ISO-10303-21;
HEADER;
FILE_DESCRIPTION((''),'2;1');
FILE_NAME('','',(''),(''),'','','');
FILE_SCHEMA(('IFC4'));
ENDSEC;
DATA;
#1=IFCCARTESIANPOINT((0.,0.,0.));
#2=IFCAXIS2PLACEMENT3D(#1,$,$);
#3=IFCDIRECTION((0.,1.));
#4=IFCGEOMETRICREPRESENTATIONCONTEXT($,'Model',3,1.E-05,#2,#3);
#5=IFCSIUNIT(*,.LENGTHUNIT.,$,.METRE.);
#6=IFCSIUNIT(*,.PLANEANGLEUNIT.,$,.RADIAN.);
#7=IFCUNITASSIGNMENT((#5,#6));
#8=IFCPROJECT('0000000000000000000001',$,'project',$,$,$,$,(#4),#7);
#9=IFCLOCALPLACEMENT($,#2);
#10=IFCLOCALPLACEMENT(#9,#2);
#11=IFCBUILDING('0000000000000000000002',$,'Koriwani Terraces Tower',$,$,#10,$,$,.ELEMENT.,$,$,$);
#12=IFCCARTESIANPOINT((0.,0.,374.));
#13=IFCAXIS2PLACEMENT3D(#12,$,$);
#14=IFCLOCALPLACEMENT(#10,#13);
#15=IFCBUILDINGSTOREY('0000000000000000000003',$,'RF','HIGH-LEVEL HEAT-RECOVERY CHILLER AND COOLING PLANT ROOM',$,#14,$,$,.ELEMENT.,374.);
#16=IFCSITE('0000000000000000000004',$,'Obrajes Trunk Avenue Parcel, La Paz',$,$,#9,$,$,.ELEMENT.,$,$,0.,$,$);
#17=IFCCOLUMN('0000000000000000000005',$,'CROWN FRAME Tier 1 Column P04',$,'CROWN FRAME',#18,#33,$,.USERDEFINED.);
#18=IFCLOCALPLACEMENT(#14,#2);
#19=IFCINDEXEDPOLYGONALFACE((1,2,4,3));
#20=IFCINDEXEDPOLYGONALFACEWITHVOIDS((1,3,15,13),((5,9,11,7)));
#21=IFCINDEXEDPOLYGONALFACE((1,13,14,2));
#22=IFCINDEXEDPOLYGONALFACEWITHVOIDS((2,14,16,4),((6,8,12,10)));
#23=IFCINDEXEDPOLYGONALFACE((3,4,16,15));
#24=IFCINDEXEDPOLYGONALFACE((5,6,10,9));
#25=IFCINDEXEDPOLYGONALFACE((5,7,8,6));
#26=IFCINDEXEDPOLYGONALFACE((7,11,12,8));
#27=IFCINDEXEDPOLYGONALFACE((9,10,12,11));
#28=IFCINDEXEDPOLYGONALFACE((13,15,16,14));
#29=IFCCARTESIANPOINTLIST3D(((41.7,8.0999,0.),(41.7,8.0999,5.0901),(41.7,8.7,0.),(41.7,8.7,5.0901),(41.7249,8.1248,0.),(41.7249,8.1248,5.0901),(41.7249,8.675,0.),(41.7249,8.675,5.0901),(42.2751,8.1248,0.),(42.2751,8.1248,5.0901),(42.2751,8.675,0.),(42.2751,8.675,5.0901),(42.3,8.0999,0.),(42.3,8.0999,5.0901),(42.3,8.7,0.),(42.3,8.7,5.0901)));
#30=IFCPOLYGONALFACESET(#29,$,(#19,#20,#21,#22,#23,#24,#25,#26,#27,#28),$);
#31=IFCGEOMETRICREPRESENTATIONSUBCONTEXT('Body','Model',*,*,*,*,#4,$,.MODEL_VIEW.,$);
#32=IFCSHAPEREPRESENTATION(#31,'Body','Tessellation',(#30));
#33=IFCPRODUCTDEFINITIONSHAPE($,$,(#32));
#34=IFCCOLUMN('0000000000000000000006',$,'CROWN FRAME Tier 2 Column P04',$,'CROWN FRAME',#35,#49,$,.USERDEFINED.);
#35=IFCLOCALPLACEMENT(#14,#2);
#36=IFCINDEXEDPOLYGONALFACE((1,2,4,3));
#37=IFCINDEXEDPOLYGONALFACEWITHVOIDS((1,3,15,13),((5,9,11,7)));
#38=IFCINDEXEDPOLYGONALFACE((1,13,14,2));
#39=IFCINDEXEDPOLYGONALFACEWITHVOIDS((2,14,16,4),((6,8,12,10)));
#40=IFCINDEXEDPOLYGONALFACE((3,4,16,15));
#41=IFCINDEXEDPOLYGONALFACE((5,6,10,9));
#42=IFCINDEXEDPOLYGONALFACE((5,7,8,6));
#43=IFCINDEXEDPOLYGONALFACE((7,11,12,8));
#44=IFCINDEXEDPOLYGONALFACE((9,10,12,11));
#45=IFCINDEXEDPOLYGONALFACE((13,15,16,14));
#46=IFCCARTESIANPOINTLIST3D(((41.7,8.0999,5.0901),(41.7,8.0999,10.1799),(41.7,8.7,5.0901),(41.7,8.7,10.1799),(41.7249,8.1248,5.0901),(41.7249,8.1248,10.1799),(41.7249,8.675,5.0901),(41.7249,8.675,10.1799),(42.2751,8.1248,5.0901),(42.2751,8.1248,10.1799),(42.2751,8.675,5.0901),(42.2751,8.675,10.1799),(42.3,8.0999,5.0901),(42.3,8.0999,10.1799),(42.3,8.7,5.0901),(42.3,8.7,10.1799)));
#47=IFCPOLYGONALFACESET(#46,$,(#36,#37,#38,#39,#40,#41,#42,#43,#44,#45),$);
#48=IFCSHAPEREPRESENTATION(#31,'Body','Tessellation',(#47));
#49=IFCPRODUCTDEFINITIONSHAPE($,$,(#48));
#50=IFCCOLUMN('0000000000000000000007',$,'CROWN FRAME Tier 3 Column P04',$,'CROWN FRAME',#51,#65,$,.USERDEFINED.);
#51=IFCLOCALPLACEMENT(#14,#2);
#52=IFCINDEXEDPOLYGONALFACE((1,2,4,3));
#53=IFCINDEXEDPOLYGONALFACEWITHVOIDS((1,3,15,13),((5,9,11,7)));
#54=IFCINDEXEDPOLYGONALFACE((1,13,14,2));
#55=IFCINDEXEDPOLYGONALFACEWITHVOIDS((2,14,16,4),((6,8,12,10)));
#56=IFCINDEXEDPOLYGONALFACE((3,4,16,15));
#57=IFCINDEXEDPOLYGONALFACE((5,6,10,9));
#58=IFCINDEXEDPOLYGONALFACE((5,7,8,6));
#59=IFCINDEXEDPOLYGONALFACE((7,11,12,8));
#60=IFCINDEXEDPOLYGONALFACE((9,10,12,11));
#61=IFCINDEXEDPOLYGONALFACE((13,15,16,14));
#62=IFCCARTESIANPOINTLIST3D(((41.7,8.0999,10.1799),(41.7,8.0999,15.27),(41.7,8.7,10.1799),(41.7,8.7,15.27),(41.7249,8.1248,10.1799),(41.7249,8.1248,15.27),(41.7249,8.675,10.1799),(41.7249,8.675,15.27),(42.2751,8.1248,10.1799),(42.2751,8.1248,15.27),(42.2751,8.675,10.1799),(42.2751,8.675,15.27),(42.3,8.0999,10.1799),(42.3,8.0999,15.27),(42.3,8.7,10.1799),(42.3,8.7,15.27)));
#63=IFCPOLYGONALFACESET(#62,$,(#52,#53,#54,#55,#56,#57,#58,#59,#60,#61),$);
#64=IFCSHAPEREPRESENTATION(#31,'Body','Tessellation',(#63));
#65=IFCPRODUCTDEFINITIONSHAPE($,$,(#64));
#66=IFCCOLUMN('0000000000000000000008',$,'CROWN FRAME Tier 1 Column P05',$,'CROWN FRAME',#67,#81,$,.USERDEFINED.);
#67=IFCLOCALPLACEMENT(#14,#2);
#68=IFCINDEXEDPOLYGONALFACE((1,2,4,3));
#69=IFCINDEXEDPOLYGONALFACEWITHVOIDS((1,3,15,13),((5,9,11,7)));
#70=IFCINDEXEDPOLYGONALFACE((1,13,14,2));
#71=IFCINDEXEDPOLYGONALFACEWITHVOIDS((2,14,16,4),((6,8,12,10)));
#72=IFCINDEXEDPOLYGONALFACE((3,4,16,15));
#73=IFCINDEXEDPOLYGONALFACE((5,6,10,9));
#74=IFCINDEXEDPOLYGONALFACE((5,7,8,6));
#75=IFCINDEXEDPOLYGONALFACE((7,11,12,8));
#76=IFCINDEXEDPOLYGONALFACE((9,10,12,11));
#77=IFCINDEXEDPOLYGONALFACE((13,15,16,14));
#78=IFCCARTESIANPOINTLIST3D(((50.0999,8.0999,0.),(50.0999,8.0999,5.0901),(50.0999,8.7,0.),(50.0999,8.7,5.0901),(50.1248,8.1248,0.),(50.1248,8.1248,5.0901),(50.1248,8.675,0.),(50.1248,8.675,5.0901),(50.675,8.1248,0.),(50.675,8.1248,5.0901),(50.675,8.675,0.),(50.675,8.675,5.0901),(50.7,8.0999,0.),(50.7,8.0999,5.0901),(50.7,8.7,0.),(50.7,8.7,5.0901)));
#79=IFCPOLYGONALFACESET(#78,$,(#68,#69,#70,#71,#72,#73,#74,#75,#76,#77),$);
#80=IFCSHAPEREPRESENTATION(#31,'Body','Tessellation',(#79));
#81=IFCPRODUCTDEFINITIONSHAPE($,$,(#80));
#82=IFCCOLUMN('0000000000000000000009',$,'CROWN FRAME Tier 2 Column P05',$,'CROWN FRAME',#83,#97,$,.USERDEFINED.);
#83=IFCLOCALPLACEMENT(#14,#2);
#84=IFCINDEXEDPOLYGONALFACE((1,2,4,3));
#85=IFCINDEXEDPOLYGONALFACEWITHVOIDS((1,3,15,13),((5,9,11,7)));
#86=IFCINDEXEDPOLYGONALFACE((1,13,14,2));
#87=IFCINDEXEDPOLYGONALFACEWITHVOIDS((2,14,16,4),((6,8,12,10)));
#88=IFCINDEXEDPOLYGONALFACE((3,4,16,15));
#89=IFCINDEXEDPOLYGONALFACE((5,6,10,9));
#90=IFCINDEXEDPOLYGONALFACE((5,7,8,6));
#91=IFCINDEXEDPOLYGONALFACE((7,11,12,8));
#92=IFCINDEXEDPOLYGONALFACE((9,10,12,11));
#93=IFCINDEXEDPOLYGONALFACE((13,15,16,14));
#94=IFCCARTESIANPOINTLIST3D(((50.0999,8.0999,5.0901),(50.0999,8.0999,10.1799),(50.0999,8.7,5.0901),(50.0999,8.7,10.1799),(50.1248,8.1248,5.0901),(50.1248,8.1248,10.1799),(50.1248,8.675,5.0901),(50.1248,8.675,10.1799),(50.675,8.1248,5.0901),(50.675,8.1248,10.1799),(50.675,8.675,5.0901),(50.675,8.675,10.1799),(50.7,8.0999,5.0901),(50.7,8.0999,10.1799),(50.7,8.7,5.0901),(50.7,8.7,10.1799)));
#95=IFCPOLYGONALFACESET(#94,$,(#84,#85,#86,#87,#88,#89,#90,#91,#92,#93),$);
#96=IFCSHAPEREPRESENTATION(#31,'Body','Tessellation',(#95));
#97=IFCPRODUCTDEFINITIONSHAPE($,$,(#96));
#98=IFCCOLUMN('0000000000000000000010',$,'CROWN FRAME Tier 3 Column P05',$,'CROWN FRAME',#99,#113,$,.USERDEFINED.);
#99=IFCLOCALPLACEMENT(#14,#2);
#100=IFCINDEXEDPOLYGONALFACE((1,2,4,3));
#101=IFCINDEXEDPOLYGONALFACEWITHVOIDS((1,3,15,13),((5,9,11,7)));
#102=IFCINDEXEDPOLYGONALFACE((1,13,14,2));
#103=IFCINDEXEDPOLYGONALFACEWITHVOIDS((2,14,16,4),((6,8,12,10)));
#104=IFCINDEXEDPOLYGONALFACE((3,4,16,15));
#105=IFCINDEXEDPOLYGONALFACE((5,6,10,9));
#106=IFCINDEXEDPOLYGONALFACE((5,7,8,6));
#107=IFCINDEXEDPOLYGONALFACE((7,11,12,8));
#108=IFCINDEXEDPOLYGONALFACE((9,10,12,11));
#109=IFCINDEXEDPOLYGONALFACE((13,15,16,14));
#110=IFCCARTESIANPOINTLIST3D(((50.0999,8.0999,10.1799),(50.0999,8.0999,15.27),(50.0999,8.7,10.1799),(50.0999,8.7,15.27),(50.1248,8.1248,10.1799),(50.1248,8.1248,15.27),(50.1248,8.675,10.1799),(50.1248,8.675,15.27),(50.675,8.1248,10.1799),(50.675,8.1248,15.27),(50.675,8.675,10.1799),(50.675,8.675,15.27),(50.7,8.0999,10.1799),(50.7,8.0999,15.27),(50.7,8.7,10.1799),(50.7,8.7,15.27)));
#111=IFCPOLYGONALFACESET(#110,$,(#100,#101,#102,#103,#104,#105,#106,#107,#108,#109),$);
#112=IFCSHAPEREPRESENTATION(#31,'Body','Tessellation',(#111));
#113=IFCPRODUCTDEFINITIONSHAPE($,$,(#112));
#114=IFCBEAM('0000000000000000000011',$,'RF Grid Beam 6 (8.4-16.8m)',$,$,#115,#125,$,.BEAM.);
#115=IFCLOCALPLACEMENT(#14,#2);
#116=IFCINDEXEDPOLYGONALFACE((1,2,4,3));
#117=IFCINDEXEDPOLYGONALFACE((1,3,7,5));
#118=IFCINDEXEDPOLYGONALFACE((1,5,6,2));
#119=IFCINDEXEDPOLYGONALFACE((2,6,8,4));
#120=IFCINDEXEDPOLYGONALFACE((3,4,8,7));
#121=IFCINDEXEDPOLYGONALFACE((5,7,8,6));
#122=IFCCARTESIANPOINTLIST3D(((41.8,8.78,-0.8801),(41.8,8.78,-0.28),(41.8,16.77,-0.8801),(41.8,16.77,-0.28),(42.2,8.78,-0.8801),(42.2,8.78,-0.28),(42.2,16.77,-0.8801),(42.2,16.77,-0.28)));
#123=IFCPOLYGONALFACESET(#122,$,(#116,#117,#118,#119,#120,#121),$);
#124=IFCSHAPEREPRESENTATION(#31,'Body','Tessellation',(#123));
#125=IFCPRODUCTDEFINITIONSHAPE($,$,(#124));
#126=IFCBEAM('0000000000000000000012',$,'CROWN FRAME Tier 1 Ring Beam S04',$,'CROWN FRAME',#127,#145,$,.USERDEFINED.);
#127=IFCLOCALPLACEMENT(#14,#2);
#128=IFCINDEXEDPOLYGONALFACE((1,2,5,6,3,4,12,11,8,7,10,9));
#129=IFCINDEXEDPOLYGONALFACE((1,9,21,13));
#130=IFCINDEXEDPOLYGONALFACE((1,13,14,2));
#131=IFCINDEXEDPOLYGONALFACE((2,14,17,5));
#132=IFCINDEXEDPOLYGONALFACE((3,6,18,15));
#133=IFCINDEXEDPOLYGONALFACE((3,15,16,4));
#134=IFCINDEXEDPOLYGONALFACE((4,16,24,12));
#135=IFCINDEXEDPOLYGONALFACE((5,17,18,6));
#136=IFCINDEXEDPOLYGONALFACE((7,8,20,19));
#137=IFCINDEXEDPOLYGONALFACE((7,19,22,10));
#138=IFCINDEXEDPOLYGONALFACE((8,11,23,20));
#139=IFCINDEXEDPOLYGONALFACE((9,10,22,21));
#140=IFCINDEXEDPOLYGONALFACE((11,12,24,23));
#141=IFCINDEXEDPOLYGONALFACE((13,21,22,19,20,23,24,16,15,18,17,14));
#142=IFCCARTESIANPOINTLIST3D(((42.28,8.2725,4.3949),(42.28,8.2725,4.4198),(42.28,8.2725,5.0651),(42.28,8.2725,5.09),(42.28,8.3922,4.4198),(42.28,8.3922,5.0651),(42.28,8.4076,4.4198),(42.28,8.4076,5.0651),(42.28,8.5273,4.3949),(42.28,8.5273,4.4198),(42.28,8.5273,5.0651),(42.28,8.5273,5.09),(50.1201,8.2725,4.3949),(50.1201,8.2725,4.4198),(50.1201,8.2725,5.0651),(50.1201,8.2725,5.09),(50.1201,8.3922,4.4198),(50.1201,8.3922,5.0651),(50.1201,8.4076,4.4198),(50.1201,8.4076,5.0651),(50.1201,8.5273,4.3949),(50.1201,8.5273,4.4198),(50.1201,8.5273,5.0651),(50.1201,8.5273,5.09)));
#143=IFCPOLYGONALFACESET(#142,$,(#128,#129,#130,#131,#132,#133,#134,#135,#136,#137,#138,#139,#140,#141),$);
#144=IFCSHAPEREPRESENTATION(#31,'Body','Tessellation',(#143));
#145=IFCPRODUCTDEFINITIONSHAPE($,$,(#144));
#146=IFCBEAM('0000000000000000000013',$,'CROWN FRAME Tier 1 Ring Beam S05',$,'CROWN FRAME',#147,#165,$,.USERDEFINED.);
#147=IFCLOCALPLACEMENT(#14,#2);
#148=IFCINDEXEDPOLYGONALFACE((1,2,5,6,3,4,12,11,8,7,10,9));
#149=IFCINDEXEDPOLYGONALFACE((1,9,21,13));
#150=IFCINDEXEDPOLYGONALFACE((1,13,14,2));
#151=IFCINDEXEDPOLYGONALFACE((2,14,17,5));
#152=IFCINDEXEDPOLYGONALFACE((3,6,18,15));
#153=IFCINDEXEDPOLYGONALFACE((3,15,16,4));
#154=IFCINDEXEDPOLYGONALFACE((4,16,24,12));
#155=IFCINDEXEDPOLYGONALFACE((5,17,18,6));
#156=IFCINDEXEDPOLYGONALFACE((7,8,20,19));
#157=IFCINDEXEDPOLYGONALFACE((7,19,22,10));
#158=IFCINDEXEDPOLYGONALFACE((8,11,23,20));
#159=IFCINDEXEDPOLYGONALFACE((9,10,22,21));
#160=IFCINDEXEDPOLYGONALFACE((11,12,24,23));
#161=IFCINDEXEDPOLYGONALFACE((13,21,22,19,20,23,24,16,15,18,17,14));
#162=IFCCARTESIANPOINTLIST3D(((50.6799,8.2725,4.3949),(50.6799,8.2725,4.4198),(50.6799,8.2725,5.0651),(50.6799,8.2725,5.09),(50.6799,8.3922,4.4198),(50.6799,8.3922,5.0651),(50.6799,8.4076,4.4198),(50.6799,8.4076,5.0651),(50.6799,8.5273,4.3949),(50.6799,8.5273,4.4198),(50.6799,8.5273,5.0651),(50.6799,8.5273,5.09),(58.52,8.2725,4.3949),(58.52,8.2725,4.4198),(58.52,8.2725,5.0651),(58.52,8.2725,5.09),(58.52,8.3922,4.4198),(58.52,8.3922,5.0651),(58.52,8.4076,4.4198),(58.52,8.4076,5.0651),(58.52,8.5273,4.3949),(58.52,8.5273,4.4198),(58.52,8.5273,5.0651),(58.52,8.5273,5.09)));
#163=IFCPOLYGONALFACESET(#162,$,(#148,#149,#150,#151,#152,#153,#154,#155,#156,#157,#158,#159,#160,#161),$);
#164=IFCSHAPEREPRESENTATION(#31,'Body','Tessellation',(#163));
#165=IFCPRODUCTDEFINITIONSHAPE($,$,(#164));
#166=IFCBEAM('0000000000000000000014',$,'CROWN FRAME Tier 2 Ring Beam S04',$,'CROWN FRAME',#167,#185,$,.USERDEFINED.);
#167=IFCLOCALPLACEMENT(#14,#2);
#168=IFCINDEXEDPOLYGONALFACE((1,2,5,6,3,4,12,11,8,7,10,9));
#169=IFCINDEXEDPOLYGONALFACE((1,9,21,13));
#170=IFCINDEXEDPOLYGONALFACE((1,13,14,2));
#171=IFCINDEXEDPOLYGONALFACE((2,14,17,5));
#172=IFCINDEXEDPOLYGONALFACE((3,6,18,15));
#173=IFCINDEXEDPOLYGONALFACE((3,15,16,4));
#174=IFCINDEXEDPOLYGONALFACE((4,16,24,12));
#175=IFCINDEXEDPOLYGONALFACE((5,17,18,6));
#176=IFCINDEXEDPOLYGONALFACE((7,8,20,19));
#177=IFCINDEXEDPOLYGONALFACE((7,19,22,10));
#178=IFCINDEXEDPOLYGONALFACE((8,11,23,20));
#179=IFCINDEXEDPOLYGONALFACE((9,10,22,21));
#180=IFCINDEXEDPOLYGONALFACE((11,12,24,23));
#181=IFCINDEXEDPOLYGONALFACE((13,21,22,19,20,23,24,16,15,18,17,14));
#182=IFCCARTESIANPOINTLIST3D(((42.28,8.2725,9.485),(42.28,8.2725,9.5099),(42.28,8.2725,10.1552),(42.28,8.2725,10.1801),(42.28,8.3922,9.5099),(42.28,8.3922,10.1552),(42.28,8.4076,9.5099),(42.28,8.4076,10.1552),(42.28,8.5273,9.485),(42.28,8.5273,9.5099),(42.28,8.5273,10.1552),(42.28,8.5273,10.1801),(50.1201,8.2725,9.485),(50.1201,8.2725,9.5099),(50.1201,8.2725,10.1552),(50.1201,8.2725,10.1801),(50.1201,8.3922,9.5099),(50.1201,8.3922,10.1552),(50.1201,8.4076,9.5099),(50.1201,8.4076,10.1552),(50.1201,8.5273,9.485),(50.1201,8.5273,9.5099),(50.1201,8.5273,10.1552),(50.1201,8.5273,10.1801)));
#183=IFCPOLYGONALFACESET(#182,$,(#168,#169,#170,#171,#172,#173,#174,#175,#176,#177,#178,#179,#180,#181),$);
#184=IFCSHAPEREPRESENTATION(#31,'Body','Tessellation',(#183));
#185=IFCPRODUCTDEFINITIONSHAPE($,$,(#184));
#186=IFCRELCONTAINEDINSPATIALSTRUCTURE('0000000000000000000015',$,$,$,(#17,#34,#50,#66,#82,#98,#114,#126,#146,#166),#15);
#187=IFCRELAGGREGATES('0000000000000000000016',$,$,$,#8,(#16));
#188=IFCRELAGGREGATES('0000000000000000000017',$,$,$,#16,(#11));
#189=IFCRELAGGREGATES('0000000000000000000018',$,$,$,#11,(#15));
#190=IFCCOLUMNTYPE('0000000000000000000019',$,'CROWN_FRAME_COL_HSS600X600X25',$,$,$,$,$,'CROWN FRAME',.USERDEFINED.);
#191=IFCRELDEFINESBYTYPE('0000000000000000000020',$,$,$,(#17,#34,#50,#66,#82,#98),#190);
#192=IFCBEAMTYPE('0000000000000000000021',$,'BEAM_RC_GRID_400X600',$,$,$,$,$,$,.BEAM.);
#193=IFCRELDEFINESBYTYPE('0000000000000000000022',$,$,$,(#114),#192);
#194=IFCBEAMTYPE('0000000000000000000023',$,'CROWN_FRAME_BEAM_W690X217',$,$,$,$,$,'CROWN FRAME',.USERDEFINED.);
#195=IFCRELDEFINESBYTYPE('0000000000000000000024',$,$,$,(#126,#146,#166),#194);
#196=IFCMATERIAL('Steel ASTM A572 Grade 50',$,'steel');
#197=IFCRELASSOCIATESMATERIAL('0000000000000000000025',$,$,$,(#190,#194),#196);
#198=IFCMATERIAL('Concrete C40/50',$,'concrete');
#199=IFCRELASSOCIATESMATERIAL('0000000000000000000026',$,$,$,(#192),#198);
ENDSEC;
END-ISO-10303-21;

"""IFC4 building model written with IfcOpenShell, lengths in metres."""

from ifc_helpers import new_model, si_unit, direction, frame, origin, origin_2d, place, context, subcontext, project, spatial, rectangle, hollow_rectangle, i_section, extrude, material, material_profile, profile_set, type_object, element, save


model = new_model("IFC4")

# Units and contexts
model_context = context("Model", 3, precision=1e-05, world=origin(), true_north=direction((0.0, 1.0)))
body_context = subcontext(model_context, "Body", "Model", "MODEL_VIEW")
ifc_project = project(units=[si_unit("LENGTHUNIT", "METRE"), si_unit("PLANEANGLEUNIT", "RADIAN")], contexts=[model_context])

# Site, building, storey
site_placement = place(None, origin())
site = spatial("IfcSite", under=ifc_project, at=site_placement, Name="Obrajes Trunk Avenue Parcel, La Paz", CompositionType="ELEMENT", RefElevation=0.0)
building_placement = place(site_placement, origin())
building = spatial("IfcBuilding", under=site, at=building_placement, Name="Koriwani Terraces Tower", CompositionType="ELEMENT")
storey_placement = place(building_placement, frame((0.0, 0.0, 374.0)))
storey = spatial("IfcBuildingStorey", under=building, at=storey_placement, Name="RF", Description="HIGH-LEVEL HEAT-RECOVERY CHILLER AND COOLING PLANT ROOM", CompositionType="ELEMENT", Elevation=374.0)

# Columns
ifc_material_1 = material(Name="Steel ASTM A572 Grade 50", Category="steel")
ifc_material_profile_1 = material_profile(ifc_material_1, hollow_rectangle(XDim=0.6001, YDim=0.6001, WallThickness=0.0249, at=origin_2d()), Name="Steel ASTM A572 Grade 50", Category="LoadBearing")
ifc_profile_set_1 = profile_set([ifc_material_profile_1], Name="Steel ASTM A572 Grade 50")
column_type = type_object("IfcColumnType", Name="CROWN_FRAME_COL_HSS600X600X25", ElementType="CROWN FRAME", PredefinedType="USERDEFINED", material=ifc_profile_set_1)
column_1_placement = place(storey_placement, frame((42.0, 8.3999, 0.0), z_axis=(0.0, 0.0, 1.0), x_axis=(1.0, 0.0, 0.0)))
element("IfcColumn", 1, at=column_1_placement, inside=storey, type_object=column_type, Name="CROWN FRAME Tier 1 Column P04", ObjectType="CROWN FRAME", PredefinedType="USERDEFINED", context=body_context, shape_type="SweptSolid", body=[
    extrude(hollow_rectangle(XDim=0.6001, YDim=0.6001, WallThickness=0.0249, at=origin_2d()), origin(), (0.0, 0.0, 1.0), 5.0901),
])
column_2_placement = place(storey_placement, frame((42.0, 8.3999, 5.0901), z_axis=(0.0, 0.0, 1.0), x_axis=(1.0, 0.0, 0.0)))
element("IfcColumn", 2, at=column_2_placement, inside=storey, type_object=column_type, Name="CROWN FRAME Tier 2 Column P04", ObjectType="CROWN FRAME", PredefinedType="USERDEFINED", context=body_context, shape_type="SweptSolid", body=[
    extrude(hollow_rectangle(XDim=0.6001, YDim=0.6001, WallThickness=0.0249, at=origin_2d()), origin(), (0.0, 0.0, 1.0), 5.0898),
])
for number, where, z_axis, x_axis, name in (
    (3, (42.0, 8.3999, 10.1799), (0.0, 0.0, 1.0), (1.0, 0.0, 0.0), "CROWN FRAME Tier 3 Column P04"),
    (4, (50.3999, 8.3999, 0.0), (0.0, 0.0, 1.0), (1.0, 0.0, 0.0), "CROWN FRAME Tier 1 Column P05"),
):
    element("IfcColumn", number, at=place(storey_placement, frame(where, z_axis=z_axis, x_axis=x_axis)), inside=storey, type_object=column_type, Name=name, ObjectType="CROWN FRAME", PredefinedType="USERDEFINED", context=body_context, shape_type="SweptSolid", body=[
        extrude(hollow_rectangle(XDim=0.6001, YDim=0.6001, WallThickness=0.0249, at=origin_2d()), origin(), (0.0, 0.0, 1.0), 5.0901),
    ])
column_3_placement = place(storey_placement, frame((50.3999, 8.3999, 5.0901), z_axis=(0.0, 0.0, 1.0), x_axis=(1.0, 0.0, 0.0)))
element("IfcColumn", 5, at=column_3_placement, inside=storey, type_object=column_type, Name="CROWN FRAME Tier 2 Column P05", ObjectType="CROWN FRAME", PredefinedType="USERDEFINED", context=body_context, shape_type="SweptSolid", body=[
    extrude(hollow_rectangle(XDim=0.6001, YDim=0.6001, WallThickness=0.0249, at=origin_2d()), origin(), (0.0, 0.0, 1.0), 5.0898),
])
column_4_placement = place(storey_placement, frame((50.3999, 8.3999, 10.1799), z_axis=(0.0, 0.0, 1.0), x_axis=(1.0, 0.0, 0.0)))
element("IfcColumn", 6, at=column_4_placement, inside=storey, type_object=column_type, Name="CROWN FRAME Tier 3 Column P05", ObjectType="CROWN FRAME", PredefinedType="USERDEFINED", context=body_context, shape_type="SweptSolid", body=[
    extrude(hollow_rectangle(XDim=0.6001, YDim=0.6001, WallThickness=0.0249, at=origin_2d()), origin(), (0.0, 0.0, 1.0), 5.0901),
])

# Beams
ifc_material_2 = material(Name="Concrete C40/50", Category="concrete")
ifc_material_profile_2 = material_profile(ifc_material_2, rectangle(XDim=0.3999, YDim=0.6001, at=origin_2d()), Name="Concrete C40/50", Category="LoadBearing")
ifc_profile_set_2 = profile_set([ifc_material_profile_2], Name="Concrete C40/50")
beam_type_1 = type_object("IfcBeamType", Name="BEAM_RC_GRID_400X600", PredefinedType="BEAM", material=ifc_profile_set_2)
beam_1_placement = place(storey_placement, frame((42.0, 8.78, -0.5801), z_axis=(0.0, 1.0, 0.0), x_axis=(-1.0, 0.0, 0.0)))
element("IfcBeam", 7, at=beam_1_placement, inside=storey, type_object=beam_type_1, Name="RF Grid Beam 6 (8.4-16.8m)", PredefinedType="BEAM", context=body_context, shape_type="SweptSolid", body=[
    extrude(rectangle(XDim=0.3999, YDim=0.6001, at=origin_2d()), origin(), (0.0, 0.0, 1.0), 7.99),
])
ifc_material_profile_3 = material_profile(ifc_material_1, i_section(OverallWidth=0.2549, OverallDepth=0.6951, WebThickness=0.0154, FlangeThickness=0.0249, at=origin_2d()), Name="Steel ASTM A572 Grade 50", Category="LoadBearing")
ifc_profile_set_3 = profile_set([ifc_material_profile_3], Name="Steel ASTM A572 Grade 50")
beam_type_2 = type_object("IfcBeamType", Name="CROWN_FRAME_BEAM_W690X217", ElementType="CROWN FRAME", PredefinedType="USERDEFINED", material=ifc_profile_set_3)
for number, where, z_axis, x_axis, name in (
    (8, (42.28, 8.3999, 4.7424), (1.0, 0.0, 0.0), (0.0, 1.0, 0.0), "CROWN FRAME Tier 1 Ring Beam S04"),
    (9, (50.6799, 8.3999, 4.7424), (1.0, 0.0, 0.0), (0.0, 1.0, 0.0), "CROWN FRAME Tier 1 Ring Beam S05"),
    (10, (42.28, 8.3999, 9.8325), (1.0, 0.0, 0.0), (0.0, 1.0, 0.0), "CROWN FRAME Tier 2 Ring Beam S04"),
):
    element("IfcBeam", number, at=place(storey_placement, frame(where, z_axis=z_axis, x_axis=x_axis)), inside=storey, type_object=beam_type_2, Name=name, ObjectType="CROWN FRAME", PredefinedType="USERDEFINED", context=body_context, shape_type="SweptSolid", body=[
        extrude(i_section(OverallWidth=0.2549, OverallDepth=0.6951, WebThickness=0.0154, FlangeThickness=0.0249, at=origin_2d()), origin(), (0.0, 0.0, 1.0), 7.8401),
    ])

save(model, "model.ifc")
